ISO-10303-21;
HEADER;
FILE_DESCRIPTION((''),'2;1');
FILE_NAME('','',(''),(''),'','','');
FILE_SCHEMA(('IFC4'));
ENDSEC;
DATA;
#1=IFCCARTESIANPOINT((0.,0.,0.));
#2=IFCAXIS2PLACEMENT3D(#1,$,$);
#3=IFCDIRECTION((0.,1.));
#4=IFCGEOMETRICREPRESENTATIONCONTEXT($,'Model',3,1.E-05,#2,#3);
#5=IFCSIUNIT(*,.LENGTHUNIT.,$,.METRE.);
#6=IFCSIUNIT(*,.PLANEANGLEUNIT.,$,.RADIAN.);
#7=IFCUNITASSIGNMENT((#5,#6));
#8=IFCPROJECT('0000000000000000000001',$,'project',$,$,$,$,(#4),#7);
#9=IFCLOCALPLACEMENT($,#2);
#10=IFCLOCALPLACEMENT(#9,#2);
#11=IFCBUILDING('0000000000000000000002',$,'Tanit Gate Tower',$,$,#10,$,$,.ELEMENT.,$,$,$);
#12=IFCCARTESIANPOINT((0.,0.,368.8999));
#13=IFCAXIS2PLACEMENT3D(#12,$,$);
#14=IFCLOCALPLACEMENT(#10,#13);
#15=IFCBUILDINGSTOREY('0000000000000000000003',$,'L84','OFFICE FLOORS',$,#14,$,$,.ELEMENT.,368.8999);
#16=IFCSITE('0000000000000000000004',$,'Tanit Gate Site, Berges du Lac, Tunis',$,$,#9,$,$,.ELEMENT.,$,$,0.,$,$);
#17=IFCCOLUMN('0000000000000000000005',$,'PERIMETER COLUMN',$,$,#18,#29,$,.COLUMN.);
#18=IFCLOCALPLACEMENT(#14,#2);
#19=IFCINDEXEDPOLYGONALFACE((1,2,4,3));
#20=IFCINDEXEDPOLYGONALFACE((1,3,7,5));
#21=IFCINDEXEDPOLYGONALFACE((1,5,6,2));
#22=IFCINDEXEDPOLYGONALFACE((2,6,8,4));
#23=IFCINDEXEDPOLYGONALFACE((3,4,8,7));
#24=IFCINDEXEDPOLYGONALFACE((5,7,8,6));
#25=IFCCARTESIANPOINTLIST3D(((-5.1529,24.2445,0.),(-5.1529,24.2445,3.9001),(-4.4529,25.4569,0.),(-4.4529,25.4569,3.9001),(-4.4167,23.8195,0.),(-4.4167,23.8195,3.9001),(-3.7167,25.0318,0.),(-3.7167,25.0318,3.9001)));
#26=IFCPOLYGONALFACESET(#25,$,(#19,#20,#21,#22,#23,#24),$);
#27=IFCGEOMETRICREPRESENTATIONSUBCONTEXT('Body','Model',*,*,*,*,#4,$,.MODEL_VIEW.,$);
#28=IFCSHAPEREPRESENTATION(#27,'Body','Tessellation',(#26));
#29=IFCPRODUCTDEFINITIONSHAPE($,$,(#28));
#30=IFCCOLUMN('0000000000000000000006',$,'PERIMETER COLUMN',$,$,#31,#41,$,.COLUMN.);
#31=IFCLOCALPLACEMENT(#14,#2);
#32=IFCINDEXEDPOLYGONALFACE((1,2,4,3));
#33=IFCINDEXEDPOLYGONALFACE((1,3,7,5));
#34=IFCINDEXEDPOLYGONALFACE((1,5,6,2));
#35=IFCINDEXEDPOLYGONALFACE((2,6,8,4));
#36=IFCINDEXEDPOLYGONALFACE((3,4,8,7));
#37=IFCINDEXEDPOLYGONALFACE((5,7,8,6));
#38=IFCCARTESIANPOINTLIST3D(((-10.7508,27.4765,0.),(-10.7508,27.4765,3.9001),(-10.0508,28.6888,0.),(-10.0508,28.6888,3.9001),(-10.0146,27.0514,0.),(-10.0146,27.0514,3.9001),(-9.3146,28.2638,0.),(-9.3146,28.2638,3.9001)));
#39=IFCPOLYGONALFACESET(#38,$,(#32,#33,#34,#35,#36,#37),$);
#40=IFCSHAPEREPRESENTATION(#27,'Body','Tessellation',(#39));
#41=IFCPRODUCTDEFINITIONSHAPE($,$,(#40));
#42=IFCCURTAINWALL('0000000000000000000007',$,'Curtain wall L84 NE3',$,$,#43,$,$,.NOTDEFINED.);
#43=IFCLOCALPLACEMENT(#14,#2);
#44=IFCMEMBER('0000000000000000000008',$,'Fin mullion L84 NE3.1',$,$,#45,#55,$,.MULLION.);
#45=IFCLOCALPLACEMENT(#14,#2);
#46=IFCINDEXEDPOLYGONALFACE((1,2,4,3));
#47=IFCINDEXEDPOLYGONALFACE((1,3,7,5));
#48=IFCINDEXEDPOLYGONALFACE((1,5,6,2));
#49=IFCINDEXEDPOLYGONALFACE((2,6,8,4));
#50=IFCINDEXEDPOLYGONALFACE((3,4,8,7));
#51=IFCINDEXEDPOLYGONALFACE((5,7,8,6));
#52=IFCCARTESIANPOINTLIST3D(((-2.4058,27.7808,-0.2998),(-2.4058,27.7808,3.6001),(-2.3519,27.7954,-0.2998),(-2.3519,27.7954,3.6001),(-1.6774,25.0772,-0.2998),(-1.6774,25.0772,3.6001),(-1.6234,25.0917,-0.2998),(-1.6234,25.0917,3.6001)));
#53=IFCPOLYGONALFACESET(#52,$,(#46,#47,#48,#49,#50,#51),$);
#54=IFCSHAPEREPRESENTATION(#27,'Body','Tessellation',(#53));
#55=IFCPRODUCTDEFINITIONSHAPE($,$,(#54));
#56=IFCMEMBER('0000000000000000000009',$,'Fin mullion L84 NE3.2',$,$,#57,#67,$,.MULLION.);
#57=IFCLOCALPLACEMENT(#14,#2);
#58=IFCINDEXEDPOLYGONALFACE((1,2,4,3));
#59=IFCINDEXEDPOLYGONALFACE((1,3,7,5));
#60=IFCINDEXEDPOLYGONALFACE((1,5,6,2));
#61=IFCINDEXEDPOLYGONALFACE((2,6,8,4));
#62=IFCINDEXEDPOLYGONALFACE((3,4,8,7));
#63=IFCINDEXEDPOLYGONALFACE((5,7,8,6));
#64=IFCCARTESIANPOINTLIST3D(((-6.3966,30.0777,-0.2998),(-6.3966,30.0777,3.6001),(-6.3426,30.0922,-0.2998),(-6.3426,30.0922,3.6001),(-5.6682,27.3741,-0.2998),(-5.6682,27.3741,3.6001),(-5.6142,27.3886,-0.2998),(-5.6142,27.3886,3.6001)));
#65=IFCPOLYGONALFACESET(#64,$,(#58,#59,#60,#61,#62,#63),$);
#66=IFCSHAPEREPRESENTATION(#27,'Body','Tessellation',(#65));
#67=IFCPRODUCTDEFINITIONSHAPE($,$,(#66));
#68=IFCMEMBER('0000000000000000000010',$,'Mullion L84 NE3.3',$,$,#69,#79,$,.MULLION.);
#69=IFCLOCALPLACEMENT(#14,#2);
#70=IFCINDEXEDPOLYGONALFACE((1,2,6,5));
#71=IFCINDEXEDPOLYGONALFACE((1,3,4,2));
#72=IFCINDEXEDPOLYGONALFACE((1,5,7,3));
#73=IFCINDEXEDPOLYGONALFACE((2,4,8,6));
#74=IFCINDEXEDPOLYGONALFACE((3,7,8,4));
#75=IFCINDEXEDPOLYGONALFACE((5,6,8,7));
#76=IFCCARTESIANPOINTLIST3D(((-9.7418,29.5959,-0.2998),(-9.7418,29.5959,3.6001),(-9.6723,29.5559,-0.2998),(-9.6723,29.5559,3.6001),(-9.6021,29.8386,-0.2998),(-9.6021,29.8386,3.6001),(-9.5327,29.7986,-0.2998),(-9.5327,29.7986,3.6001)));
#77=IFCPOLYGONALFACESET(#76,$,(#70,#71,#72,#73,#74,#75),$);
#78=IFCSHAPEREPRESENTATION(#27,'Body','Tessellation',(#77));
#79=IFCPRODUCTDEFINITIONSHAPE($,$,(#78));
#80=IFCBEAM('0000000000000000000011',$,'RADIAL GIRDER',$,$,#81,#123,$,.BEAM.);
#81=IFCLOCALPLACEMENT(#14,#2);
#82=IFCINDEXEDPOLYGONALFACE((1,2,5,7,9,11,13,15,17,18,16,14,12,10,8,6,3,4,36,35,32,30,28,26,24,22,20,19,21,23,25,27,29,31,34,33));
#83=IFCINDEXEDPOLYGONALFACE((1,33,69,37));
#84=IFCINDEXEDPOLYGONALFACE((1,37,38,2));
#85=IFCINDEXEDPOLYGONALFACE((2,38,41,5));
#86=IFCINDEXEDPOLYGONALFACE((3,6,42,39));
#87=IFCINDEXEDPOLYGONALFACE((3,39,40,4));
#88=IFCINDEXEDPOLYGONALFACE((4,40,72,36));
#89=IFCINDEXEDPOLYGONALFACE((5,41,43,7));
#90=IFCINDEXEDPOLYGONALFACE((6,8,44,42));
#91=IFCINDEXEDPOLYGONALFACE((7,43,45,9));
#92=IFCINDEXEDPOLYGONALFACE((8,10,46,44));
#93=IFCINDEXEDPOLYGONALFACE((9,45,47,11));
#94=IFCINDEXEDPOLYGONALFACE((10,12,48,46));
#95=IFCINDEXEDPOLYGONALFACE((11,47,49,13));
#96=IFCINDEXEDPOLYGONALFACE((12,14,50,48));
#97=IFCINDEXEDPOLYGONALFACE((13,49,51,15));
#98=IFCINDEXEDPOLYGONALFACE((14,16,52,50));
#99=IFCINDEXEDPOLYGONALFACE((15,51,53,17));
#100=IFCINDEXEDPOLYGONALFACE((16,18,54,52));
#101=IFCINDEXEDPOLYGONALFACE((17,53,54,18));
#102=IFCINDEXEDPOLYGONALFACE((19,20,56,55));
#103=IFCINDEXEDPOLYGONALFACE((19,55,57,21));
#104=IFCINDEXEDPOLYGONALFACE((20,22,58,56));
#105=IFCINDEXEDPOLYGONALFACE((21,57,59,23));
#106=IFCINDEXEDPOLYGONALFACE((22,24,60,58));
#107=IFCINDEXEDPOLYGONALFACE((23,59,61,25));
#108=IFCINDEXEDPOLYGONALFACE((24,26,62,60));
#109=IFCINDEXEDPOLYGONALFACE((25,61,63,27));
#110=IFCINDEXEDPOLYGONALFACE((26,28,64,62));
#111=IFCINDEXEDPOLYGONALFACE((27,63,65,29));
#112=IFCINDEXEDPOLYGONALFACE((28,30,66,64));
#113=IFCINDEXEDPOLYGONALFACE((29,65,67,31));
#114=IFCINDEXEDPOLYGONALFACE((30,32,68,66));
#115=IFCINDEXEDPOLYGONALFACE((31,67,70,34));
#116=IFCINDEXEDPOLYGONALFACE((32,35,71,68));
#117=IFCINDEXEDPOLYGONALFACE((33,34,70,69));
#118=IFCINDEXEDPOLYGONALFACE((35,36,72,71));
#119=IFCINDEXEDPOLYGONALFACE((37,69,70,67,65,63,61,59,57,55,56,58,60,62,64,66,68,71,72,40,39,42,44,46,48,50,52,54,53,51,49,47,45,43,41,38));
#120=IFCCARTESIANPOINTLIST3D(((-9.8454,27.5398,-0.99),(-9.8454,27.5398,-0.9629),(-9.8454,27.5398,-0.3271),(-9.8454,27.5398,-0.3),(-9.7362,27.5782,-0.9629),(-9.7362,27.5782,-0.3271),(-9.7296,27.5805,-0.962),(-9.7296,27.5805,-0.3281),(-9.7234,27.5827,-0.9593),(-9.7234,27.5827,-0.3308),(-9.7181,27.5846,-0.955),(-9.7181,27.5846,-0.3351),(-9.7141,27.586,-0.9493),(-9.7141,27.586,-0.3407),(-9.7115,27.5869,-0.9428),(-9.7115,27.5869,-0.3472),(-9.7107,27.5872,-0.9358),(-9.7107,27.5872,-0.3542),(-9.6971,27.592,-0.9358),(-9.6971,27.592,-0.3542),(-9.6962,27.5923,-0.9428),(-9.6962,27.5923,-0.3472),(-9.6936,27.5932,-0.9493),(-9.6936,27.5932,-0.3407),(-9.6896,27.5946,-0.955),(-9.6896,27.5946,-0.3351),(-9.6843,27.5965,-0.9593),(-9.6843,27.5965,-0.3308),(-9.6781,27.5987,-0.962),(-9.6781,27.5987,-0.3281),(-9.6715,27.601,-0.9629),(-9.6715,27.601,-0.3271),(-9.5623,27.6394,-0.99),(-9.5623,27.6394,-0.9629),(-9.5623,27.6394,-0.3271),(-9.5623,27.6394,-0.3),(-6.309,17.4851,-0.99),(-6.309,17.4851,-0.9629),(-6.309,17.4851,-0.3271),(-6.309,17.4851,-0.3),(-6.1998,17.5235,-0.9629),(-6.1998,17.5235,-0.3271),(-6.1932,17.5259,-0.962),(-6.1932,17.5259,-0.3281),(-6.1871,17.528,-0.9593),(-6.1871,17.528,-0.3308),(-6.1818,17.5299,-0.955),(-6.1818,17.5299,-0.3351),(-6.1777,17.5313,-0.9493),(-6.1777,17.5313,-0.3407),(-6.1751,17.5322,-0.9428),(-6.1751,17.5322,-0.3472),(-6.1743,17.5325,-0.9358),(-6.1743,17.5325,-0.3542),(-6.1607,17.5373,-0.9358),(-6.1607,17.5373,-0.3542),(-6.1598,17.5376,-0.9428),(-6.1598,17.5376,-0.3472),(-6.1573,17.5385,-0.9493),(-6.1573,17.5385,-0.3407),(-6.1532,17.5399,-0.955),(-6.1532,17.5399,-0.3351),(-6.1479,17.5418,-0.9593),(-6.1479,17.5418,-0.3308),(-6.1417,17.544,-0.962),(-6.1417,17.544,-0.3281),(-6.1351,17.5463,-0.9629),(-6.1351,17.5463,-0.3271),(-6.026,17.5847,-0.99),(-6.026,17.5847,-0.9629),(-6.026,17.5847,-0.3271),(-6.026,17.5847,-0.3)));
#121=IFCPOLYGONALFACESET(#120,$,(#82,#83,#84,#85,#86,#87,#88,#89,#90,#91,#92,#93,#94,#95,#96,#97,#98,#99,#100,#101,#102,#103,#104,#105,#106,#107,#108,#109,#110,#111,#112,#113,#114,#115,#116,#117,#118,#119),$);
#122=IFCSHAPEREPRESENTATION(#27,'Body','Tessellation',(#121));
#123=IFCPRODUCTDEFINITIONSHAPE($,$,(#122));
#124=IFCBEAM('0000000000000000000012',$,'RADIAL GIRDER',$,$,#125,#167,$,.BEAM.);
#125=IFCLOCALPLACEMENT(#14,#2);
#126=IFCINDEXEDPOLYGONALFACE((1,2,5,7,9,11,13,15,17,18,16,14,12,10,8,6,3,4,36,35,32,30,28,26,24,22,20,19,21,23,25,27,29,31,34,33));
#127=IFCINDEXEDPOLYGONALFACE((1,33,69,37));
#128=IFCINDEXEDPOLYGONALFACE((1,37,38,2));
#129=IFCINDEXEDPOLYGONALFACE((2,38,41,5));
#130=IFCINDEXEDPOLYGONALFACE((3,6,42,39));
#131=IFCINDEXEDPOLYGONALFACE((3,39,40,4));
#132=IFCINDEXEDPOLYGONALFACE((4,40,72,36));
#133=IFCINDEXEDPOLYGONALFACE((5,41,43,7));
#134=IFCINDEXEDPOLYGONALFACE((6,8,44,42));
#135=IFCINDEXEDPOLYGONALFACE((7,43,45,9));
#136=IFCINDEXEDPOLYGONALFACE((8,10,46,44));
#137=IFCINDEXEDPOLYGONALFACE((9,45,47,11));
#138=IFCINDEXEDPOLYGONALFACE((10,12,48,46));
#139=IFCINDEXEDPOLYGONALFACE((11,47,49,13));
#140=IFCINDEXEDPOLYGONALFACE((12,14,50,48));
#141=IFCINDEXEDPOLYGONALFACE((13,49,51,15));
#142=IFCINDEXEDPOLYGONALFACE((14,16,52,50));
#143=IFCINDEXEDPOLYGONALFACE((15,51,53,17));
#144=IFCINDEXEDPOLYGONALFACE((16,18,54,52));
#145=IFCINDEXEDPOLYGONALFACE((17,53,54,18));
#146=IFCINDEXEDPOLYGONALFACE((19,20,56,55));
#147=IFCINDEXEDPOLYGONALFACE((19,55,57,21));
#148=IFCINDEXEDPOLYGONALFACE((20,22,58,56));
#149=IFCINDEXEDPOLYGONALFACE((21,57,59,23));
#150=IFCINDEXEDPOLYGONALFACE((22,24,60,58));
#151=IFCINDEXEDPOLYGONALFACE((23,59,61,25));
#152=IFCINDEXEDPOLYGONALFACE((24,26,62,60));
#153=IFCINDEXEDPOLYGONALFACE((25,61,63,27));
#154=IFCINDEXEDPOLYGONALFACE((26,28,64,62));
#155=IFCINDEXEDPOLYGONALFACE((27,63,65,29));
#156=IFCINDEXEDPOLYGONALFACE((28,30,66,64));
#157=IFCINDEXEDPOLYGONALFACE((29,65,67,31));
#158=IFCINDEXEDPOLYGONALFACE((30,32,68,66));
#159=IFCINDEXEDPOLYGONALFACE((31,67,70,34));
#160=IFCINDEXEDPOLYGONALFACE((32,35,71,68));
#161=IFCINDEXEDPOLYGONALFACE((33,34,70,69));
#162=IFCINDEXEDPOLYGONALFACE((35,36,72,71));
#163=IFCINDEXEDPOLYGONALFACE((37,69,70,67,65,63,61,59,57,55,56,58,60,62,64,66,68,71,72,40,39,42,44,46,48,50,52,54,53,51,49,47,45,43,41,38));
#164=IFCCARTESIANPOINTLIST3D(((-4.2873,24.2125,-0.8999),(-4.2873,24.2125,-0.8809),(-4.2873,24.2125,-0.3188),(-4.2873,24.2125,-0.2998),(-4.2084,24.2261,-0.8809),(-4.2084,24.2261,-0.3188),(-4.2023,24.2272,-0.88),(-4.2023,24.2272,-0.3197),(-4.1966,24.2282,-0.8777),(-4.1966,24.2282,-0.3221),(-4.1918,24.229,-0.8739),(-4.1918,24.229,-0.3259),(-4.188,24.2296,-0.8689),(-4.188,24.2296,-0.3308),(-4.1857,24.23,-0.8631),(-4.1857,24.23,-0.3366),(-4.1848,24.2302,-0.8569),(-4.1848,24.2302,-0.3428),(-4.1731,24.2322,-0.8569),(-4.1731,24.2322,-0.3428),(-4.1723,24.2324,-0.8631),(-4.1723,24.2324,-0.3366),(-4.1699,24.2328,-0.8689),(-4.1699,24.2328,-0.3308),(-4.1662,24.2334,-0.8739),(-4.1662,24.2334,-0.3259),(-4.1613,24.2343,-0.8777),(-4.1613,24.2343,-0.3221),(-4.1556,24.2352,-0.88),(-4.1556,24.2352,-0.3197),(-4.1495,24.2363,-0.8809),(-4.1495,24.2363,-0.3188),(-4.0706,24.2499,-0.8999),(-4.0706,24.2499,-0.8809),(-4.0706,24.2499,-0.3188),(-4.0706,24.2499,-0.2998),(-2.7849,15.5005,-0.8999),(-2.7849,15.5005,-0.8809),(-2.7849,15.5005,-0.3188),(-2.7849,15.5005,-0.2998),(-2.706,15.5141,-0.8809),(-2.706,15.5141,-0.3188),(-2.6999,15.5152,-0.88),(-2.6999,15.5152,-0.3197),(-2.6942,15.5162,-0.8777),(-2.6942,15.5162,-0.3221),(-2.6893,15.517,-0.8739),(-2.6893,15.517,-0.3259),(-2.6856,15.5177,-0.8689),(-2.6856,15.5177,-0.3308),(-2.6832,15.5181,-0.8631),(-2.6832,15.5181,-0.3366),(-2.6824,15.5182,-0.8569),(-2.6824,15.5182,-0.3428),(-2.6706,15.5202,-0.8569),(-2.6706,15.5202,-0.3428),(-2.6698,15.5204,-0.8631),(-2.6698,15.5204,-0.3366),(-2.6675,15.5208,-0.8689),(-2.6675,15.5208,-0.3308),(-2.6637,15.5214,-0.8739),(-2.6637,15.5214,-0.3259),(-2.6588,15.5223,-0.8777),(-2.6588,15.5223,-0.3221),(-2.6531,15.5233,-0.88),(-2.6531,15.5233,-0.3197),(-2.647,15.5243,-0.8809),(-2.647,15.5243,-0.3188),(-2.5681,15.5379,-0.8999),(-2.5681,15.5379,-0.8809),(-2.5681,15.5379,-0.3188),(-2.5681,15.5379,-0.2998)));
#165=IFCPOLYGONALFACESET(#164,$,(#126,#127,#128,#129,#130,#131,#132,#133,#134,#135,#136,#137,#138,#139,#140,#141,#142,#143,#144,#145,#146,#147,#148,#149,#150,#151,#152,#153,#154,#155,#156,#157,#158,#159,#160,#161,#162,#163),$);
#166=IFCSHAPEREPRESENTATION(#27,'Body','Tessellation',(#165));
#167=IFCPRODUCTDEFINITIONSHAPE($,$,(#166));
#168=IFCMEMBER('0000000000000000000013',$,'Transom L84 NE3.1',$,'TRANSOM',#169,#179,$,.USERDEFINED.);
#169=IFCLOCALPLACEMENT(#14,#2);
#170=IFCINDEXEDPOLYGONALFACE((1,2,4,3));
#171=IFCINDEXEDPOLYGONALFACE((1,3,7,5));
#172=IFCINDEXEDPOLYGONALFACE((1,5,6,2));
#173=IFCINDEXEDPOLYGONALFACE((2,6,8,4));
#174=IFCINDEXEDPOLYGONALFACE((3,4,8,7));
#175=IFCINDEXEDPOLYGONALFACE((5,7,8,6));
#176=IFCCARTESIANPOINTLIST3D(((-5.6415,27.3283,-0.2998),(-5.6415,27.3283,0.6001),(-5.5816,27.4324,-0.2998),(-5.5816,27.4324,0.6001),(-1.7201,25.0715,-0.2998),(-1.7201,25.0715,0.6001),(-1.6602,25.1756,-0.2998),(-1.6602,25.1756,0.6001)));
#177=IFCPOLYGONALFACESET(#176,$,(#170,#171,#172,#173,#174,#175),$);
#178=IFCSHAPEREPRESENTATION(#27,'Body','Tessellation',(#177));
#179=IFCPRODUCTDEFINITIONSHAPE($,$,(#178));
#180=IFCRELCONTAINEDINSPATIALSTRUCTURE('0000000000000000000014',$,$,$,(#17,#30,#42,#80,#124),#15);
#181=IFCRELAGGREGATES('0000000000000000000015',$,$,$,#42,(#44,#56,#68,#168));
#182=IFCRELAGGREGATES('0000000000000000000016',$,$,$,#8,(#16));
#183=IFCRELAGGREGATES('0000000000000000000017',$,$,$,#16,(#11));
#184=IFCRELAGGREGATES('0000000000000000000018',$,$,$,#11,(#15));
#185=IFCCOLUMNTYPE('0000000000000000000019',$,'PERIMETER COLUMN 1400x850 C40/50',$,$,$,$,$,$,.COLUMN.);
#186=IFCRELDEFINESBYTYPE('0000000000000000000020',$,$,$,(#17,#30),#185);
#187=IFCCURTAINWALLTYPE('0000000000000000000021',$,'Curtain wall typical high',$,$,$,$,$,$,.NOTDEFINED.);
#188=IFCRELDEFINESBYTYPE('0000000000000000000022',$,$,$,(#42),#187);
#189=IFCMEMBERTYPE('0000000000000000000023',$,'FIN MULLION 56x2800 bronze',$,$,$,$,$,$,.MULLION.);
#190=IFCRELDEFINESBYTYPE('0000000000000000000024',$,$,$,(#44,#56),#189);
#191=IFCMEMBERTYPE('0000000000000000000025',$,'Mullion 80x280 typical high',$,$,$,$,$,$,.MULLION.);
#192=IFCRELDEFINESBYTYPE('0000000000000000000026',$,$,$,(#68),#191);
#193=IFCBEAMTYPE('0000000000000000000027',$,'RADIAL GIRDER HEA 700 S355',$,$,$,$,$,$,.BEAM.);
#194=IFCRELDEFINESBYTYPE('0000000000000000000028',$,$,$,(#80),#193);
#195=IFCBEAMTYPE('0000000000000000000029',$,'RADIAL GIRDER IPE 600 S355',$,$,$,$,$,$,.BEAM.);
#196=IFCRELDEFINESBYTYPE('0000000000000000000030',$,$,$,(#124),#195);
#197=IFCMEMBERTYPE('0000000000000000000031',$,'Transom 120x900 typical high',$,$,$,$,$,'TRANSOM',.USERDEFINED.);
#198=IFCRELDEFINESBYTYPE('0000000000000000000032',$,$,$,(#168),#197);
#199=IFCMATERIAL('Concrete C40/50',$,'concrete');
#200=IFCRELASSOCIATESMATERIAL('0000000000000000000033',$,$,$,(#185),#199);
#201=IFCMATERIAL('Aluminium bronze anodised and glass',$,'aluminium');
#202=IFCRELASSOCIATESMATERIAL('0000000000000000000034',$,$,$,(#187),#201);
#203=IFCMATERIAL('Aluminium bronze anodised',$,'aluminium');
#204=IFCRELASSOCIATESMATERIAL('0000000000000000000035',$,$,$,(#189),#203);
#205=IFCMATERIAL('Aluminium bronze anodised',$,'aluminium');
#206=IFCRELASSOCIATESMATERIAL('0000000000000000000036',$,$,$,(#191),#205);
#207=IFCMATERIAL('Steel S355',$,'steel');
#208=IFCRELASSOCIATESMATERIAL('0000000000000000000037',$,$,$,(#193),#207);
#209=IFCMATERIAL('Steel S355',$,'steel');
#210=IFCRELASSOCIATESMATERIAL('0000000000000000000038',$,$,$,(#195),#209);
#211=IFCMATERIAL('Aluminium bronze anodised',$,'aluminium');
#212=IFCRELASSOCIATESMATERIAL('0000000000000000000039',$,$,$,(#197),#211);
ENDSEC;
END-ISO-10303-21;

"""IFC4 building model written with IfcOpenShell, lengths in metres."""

from ifc_helpers import new_model, si_unit, direction, frame, origin, origin_2d, place, context, subcontext, project, spatial, rectangle, i_section, extrude, material, material_profile, profile_set, type_object, element, aggregate, save


model = new_model("IFC4")

# Units and contexts
model_context = context("Model", 3, precision=1e-05, world=origin(), true_north=direction((0.0, 1.0)))
body_context = subcontext(model_context, "Body", "Model", "MODEL_VIEW")
ifc_project = project(units=[si_unit("LENGTHUNIT", "METRE"), si_unit("PLANEANGLEUNIT", "RADIAN")], contexts=[model_context])

# Site, building, storey
site_placement = place(None, origin())
site = spatial("IfcSite", under=ifc_project, at=site_placement, Name="Tanit Gate Site, Berges du Lac, Tunis", CompositionType="ELEMENT", RefElevation=0.0)
building_placement = place(site_placement, origin())
building = spatial("IfcBuilding", under=site, at=building_placement, Name="Tanit Gate Tower", CompositionType="ELEMENT")
storey_placement = place(building_placement, frame((0.0, 0.0, 368.8999)))
storey = spatial("IfcBuildingStorey", under=building, at=storey_placement, Name="L84", Description="OFFICE FLOORS", CompositionType="ELEMENT", Elevation=368.8999)

# Columns
ifc_material_1 = material(Name="Concrete C40/50", Category="concrete")
ifc_material_profile_1 = material_profile(ifc_material_1, rectangle(XDim=1.3999, YDim=0.8501, at=origin_2d()), Name="RC 1400x850")
ifc_profile_set_1 = profile_set([ifc_material_profile_1], Name="Concrete C40/50")
column_type = type_object("IfcColumnType", Name="PERIMETER COLUMN 1400x850 C40/50", PredefinedType="COLUMN", material=ifc_profile_set_1)
for number, where, z_axis, x_axis, name in (
    (1, (-4.4348, 24.6382, 0.0), (0.0, 0.0, 1.0), (0.5, 0.866025, 0.0), "PERIMETER COLUMN"),
    (2, (-10.0327, 27.8701, 0.0), (0.0, 0.0, 1.0), (0.5, 0.866025, 0.0), "PERIMETER COLUMN"),
):
    element("IfcColumn", number, at=place(storey_placement, frame(where, z_axis=z_axis, x_axis=x_axis)), inside=storey, type_object=column_type, Name=name, PredefinedType="COLUMN", context=body_context, shape_type="SweptSolid", body=[
        extrude(rectangle(XDim=1.3999, YDim=0.8501, at=origin_2d()), origin(), (0.0, 0.0, 1.0), 3.9001),
    ])

# Curtain wall, members
ifc_material_2 = material(Name="Aluminium bronze anodised and glass", Category="aluminium")
curtain_wall_type = type_object("IfcCurtainWallType", Name="Curtain wall typical high", PredefinedType="NOTDEFINED", material=ifc_material_2)
curtain_wall_placement = place(storey_placement, origin())
curtain_wall = element("IfcCurtainWall", 3, at=curtain_wall_placement, inside=storey, type_object=curtain_wall_type, Name="Curtain wall L84 NE3", PredefinedType="NOTDEFINED")
ifc_material_3 = material(Name="Aluminium bronze anodised", Category="aluminium")
ifc_material_profile_2 = material_profile(ifc_material_3, rectangle(XDim=2.8, YDim=0.0559, at=origin_2d()), Name="56x2800 bronze fin mullion")
ifc_profile_set_2 = profile_set([ifc_material_profile_2], Name="Aluminium bronze anodised")
member_type_1 = type_object("IfcMemberType", Name="FIN MULLION 56x2800 bronze", PredefinedType="MULLION", material=ifc_profile_set_2)
member_1_placement = place(storey_placement, frame((-2.0146, 26.4363, -0.2998), z_axis=(0.0, 0.0, 1.0), x_axis=(0.260144, -0.96557, 0.0)))
member_1 = element("IfcMember", 4, at=member_1_placement, type_object=member_type_1, Name="Fin mullion L84 NE3.1", PredefinedType="MULLION", context=body_context, shape_type="SweptSolid", body=[
    extrude(rectangle(XDim=2.8, YDim=0.0559, at=origin_2d()), origin(), (0.0, 0.0, 1.0), 3.8999),
])
member_2_placement = place(storey_placement, frame((-6.0054, 28.7332, -0.2998), z_axis=(0.0, 0.0, 1.0), x_axis=(0.260144, -0.96557, 0.0)))
member_2 = element("IfcMember", 5, at=member_2_placement, type_object=member_type_1, Name="Fin mullion L84 NE3.2", PredefinedType="MULLION", context=body_context, shape_type="SweptSolid", body=[
    extrude(rectangle(XDim=2.8, YDim=0.0559, at=origin_2d()), origin(), (0.0, 0.0, 1.0), 3.8999),
])
ifc_material_4 = material(Name="Aluminium bronze anodised", Category="aluminium")
ifc_material_profile_3 = material_profile(ifc_material_4, rectangle(XDim=0.28, YDim=0.0801, at=origin_2d()), Name="80x280 bronze mullion")
ifc_profile_set_3 = profile_set([ifc_material_profile_3], Name="Aluminium bronze anodised")
member_type_2 = type_object("IfcMemberType", Name="Mullion 80x280 typical high", PredefinedType="MULLION", material=ifc_profile_set_3)
member_3_placement = place(storey_placement, frame((-9.6372, 29.6973, -0.2998), z_axis=(0.0, 0.0, 1.0), x_axis=(-0.498812, -0.86671, 0.0)))
member_3 = element("IfcMember", 6, at=member_3_placement, type_object=member_type_2, Name="Mullion L84 NE3.3", PredefinedType="MULLION", context=body_context, shape_type="SweptSolid", body=[
    extrude(rectangle(XDim=0.28, YDim=0.0801, at=origin_2d()), origin(), (0.0, 0.0, 1.0), 3.8999),
])

# Beams
ifc_material_5 = material(Name="Steel S355", Category="steel")
ifc_material_profile_4 = material_profile(ifc_material_5, i_section(OverallWidth=0.3, OverallDepth=0.6899, WebThickness=0.0144, FlangeThickness=0.0271, FilletRadius=0.0271, at=origin_2d()), Name="HEA 700")
ifc_profile_set_4 = profile_set([ifc_material_profile_4], Name="Steel S355")
beam_type_1 = type_object("IfcBeamType", Name="RADIAL GIRDER HEA 700 S355", PredefinedType="BEAM", material=ifc_profile_set_4)
beam_1_placement = place(storey_placement, frame((-9.7039, 27.5896, -0.645), z_axis=(0.331791, -0.943353, 0.0), x_axis=(0.943353, 0.331791, 0.0)))
element("IfcBeam", 7, at=beam_1_placement, inside=storey, type_object=beam_type_1, Name="RADIAL GIRDER", PredefinedType="BEAM", context=body_context, shape_type="SweptSolid", body=[
    extrude(i_section(OverallWidth=0.3, OverallDepth=0.6899, WebThickness=0.0144, FlangeThickness=0.0271, FilletRadius=0.0271, at=origin_2d()), origin(), (0.0, 0.0, 1.0), 10.6584),
])
ifc_material_6 = material(Name="Steel S355", Category="steel")
ifc_material_profile_5 = material_profile(ifc_material_6, i_section(OverallWidth=0.22, OverallDepth=0.6001, WebThickness=0.012, FlangeThickness=0.019, FilletRadius=0.0239, at=origin_2d()), Name="IPE 600")
ifc_profile_set_5 = profile_set([ifc_material_profile_5], Name="Steel S355")
beam_type_2 = type_object("IfcBeamType", Name="RADIAL GIRDER IPE 600 S355", PredefinedType="BEAM", material=ifc_profile_set_5)
beam_2_placement = place(storey_placement, frame((-4.179, 24.2312, -0.5999), z_axis=(0.169949, -0.985453, 0.0), x_axis=(0.985453, 0.169949, 0.0)))
element("IfcBeam", 8, at=beam_2_placement, inside=storey, type_object=beam_type_2, Name="RADIAL GIRDER", PredefinedType="BEAM", context=body_context, shape_type="SweptSolid", body=[
    extrude(i_section(OverallWidth=0.22, OverallDepth=0.6001, WebThickness=0.012, FlangeThickness=0.019, FilletRadius=0.0239, at=origin_2d()), origin(), (0.0, 0.0, 1.0), 8.8406),
])

# Member
ifc_material_7 = material(Name="Aluminium bronze anodised", Category="aluminium")
ifc_material_profile_6 = material_profile(ifc_material_7, rectangle(XDim=0.1201, YDim=0.8999, at=origin_2d()), Name="120x900 bronze transom")
ifc_profile_set_6 = profile_set([ifc_material_profile_6], Name="Aluminium bronze anodised")
member_type_3 = type_object("IfcMemberType", Name="Transom 120x900 typical high", ElementType="TRANSOM", PredefinedType="USERDEFINED", material=ifc_profile_set_6)
member_4_placement = place(storey_placement, frame((-1.6902, 25.1235, 0.1501), z_axis=(-0.866712, 0.49881, 0.0), x_axis=(-0.49881, -0.866712, 0.0)))
member_4 = element("IfcMember", 9, at=member_4_placement, type_object=member_type_3, Name="Transom L84 NE3.1", ObjectType="TRANSOM", PredefinedType="USERDEFINED", context=body_context, shape_type="SweptSolid", body=[
    extrude(rectangle(XDim=0.1201, YDim=0.8999, at=origin_2d()), origin(), (0.0, 0.0, 1.0), 4.5244),
])

aggregate(curtain_wall, [member_1, member_2, member_3, member_4])

save(model, "model.ifc")
